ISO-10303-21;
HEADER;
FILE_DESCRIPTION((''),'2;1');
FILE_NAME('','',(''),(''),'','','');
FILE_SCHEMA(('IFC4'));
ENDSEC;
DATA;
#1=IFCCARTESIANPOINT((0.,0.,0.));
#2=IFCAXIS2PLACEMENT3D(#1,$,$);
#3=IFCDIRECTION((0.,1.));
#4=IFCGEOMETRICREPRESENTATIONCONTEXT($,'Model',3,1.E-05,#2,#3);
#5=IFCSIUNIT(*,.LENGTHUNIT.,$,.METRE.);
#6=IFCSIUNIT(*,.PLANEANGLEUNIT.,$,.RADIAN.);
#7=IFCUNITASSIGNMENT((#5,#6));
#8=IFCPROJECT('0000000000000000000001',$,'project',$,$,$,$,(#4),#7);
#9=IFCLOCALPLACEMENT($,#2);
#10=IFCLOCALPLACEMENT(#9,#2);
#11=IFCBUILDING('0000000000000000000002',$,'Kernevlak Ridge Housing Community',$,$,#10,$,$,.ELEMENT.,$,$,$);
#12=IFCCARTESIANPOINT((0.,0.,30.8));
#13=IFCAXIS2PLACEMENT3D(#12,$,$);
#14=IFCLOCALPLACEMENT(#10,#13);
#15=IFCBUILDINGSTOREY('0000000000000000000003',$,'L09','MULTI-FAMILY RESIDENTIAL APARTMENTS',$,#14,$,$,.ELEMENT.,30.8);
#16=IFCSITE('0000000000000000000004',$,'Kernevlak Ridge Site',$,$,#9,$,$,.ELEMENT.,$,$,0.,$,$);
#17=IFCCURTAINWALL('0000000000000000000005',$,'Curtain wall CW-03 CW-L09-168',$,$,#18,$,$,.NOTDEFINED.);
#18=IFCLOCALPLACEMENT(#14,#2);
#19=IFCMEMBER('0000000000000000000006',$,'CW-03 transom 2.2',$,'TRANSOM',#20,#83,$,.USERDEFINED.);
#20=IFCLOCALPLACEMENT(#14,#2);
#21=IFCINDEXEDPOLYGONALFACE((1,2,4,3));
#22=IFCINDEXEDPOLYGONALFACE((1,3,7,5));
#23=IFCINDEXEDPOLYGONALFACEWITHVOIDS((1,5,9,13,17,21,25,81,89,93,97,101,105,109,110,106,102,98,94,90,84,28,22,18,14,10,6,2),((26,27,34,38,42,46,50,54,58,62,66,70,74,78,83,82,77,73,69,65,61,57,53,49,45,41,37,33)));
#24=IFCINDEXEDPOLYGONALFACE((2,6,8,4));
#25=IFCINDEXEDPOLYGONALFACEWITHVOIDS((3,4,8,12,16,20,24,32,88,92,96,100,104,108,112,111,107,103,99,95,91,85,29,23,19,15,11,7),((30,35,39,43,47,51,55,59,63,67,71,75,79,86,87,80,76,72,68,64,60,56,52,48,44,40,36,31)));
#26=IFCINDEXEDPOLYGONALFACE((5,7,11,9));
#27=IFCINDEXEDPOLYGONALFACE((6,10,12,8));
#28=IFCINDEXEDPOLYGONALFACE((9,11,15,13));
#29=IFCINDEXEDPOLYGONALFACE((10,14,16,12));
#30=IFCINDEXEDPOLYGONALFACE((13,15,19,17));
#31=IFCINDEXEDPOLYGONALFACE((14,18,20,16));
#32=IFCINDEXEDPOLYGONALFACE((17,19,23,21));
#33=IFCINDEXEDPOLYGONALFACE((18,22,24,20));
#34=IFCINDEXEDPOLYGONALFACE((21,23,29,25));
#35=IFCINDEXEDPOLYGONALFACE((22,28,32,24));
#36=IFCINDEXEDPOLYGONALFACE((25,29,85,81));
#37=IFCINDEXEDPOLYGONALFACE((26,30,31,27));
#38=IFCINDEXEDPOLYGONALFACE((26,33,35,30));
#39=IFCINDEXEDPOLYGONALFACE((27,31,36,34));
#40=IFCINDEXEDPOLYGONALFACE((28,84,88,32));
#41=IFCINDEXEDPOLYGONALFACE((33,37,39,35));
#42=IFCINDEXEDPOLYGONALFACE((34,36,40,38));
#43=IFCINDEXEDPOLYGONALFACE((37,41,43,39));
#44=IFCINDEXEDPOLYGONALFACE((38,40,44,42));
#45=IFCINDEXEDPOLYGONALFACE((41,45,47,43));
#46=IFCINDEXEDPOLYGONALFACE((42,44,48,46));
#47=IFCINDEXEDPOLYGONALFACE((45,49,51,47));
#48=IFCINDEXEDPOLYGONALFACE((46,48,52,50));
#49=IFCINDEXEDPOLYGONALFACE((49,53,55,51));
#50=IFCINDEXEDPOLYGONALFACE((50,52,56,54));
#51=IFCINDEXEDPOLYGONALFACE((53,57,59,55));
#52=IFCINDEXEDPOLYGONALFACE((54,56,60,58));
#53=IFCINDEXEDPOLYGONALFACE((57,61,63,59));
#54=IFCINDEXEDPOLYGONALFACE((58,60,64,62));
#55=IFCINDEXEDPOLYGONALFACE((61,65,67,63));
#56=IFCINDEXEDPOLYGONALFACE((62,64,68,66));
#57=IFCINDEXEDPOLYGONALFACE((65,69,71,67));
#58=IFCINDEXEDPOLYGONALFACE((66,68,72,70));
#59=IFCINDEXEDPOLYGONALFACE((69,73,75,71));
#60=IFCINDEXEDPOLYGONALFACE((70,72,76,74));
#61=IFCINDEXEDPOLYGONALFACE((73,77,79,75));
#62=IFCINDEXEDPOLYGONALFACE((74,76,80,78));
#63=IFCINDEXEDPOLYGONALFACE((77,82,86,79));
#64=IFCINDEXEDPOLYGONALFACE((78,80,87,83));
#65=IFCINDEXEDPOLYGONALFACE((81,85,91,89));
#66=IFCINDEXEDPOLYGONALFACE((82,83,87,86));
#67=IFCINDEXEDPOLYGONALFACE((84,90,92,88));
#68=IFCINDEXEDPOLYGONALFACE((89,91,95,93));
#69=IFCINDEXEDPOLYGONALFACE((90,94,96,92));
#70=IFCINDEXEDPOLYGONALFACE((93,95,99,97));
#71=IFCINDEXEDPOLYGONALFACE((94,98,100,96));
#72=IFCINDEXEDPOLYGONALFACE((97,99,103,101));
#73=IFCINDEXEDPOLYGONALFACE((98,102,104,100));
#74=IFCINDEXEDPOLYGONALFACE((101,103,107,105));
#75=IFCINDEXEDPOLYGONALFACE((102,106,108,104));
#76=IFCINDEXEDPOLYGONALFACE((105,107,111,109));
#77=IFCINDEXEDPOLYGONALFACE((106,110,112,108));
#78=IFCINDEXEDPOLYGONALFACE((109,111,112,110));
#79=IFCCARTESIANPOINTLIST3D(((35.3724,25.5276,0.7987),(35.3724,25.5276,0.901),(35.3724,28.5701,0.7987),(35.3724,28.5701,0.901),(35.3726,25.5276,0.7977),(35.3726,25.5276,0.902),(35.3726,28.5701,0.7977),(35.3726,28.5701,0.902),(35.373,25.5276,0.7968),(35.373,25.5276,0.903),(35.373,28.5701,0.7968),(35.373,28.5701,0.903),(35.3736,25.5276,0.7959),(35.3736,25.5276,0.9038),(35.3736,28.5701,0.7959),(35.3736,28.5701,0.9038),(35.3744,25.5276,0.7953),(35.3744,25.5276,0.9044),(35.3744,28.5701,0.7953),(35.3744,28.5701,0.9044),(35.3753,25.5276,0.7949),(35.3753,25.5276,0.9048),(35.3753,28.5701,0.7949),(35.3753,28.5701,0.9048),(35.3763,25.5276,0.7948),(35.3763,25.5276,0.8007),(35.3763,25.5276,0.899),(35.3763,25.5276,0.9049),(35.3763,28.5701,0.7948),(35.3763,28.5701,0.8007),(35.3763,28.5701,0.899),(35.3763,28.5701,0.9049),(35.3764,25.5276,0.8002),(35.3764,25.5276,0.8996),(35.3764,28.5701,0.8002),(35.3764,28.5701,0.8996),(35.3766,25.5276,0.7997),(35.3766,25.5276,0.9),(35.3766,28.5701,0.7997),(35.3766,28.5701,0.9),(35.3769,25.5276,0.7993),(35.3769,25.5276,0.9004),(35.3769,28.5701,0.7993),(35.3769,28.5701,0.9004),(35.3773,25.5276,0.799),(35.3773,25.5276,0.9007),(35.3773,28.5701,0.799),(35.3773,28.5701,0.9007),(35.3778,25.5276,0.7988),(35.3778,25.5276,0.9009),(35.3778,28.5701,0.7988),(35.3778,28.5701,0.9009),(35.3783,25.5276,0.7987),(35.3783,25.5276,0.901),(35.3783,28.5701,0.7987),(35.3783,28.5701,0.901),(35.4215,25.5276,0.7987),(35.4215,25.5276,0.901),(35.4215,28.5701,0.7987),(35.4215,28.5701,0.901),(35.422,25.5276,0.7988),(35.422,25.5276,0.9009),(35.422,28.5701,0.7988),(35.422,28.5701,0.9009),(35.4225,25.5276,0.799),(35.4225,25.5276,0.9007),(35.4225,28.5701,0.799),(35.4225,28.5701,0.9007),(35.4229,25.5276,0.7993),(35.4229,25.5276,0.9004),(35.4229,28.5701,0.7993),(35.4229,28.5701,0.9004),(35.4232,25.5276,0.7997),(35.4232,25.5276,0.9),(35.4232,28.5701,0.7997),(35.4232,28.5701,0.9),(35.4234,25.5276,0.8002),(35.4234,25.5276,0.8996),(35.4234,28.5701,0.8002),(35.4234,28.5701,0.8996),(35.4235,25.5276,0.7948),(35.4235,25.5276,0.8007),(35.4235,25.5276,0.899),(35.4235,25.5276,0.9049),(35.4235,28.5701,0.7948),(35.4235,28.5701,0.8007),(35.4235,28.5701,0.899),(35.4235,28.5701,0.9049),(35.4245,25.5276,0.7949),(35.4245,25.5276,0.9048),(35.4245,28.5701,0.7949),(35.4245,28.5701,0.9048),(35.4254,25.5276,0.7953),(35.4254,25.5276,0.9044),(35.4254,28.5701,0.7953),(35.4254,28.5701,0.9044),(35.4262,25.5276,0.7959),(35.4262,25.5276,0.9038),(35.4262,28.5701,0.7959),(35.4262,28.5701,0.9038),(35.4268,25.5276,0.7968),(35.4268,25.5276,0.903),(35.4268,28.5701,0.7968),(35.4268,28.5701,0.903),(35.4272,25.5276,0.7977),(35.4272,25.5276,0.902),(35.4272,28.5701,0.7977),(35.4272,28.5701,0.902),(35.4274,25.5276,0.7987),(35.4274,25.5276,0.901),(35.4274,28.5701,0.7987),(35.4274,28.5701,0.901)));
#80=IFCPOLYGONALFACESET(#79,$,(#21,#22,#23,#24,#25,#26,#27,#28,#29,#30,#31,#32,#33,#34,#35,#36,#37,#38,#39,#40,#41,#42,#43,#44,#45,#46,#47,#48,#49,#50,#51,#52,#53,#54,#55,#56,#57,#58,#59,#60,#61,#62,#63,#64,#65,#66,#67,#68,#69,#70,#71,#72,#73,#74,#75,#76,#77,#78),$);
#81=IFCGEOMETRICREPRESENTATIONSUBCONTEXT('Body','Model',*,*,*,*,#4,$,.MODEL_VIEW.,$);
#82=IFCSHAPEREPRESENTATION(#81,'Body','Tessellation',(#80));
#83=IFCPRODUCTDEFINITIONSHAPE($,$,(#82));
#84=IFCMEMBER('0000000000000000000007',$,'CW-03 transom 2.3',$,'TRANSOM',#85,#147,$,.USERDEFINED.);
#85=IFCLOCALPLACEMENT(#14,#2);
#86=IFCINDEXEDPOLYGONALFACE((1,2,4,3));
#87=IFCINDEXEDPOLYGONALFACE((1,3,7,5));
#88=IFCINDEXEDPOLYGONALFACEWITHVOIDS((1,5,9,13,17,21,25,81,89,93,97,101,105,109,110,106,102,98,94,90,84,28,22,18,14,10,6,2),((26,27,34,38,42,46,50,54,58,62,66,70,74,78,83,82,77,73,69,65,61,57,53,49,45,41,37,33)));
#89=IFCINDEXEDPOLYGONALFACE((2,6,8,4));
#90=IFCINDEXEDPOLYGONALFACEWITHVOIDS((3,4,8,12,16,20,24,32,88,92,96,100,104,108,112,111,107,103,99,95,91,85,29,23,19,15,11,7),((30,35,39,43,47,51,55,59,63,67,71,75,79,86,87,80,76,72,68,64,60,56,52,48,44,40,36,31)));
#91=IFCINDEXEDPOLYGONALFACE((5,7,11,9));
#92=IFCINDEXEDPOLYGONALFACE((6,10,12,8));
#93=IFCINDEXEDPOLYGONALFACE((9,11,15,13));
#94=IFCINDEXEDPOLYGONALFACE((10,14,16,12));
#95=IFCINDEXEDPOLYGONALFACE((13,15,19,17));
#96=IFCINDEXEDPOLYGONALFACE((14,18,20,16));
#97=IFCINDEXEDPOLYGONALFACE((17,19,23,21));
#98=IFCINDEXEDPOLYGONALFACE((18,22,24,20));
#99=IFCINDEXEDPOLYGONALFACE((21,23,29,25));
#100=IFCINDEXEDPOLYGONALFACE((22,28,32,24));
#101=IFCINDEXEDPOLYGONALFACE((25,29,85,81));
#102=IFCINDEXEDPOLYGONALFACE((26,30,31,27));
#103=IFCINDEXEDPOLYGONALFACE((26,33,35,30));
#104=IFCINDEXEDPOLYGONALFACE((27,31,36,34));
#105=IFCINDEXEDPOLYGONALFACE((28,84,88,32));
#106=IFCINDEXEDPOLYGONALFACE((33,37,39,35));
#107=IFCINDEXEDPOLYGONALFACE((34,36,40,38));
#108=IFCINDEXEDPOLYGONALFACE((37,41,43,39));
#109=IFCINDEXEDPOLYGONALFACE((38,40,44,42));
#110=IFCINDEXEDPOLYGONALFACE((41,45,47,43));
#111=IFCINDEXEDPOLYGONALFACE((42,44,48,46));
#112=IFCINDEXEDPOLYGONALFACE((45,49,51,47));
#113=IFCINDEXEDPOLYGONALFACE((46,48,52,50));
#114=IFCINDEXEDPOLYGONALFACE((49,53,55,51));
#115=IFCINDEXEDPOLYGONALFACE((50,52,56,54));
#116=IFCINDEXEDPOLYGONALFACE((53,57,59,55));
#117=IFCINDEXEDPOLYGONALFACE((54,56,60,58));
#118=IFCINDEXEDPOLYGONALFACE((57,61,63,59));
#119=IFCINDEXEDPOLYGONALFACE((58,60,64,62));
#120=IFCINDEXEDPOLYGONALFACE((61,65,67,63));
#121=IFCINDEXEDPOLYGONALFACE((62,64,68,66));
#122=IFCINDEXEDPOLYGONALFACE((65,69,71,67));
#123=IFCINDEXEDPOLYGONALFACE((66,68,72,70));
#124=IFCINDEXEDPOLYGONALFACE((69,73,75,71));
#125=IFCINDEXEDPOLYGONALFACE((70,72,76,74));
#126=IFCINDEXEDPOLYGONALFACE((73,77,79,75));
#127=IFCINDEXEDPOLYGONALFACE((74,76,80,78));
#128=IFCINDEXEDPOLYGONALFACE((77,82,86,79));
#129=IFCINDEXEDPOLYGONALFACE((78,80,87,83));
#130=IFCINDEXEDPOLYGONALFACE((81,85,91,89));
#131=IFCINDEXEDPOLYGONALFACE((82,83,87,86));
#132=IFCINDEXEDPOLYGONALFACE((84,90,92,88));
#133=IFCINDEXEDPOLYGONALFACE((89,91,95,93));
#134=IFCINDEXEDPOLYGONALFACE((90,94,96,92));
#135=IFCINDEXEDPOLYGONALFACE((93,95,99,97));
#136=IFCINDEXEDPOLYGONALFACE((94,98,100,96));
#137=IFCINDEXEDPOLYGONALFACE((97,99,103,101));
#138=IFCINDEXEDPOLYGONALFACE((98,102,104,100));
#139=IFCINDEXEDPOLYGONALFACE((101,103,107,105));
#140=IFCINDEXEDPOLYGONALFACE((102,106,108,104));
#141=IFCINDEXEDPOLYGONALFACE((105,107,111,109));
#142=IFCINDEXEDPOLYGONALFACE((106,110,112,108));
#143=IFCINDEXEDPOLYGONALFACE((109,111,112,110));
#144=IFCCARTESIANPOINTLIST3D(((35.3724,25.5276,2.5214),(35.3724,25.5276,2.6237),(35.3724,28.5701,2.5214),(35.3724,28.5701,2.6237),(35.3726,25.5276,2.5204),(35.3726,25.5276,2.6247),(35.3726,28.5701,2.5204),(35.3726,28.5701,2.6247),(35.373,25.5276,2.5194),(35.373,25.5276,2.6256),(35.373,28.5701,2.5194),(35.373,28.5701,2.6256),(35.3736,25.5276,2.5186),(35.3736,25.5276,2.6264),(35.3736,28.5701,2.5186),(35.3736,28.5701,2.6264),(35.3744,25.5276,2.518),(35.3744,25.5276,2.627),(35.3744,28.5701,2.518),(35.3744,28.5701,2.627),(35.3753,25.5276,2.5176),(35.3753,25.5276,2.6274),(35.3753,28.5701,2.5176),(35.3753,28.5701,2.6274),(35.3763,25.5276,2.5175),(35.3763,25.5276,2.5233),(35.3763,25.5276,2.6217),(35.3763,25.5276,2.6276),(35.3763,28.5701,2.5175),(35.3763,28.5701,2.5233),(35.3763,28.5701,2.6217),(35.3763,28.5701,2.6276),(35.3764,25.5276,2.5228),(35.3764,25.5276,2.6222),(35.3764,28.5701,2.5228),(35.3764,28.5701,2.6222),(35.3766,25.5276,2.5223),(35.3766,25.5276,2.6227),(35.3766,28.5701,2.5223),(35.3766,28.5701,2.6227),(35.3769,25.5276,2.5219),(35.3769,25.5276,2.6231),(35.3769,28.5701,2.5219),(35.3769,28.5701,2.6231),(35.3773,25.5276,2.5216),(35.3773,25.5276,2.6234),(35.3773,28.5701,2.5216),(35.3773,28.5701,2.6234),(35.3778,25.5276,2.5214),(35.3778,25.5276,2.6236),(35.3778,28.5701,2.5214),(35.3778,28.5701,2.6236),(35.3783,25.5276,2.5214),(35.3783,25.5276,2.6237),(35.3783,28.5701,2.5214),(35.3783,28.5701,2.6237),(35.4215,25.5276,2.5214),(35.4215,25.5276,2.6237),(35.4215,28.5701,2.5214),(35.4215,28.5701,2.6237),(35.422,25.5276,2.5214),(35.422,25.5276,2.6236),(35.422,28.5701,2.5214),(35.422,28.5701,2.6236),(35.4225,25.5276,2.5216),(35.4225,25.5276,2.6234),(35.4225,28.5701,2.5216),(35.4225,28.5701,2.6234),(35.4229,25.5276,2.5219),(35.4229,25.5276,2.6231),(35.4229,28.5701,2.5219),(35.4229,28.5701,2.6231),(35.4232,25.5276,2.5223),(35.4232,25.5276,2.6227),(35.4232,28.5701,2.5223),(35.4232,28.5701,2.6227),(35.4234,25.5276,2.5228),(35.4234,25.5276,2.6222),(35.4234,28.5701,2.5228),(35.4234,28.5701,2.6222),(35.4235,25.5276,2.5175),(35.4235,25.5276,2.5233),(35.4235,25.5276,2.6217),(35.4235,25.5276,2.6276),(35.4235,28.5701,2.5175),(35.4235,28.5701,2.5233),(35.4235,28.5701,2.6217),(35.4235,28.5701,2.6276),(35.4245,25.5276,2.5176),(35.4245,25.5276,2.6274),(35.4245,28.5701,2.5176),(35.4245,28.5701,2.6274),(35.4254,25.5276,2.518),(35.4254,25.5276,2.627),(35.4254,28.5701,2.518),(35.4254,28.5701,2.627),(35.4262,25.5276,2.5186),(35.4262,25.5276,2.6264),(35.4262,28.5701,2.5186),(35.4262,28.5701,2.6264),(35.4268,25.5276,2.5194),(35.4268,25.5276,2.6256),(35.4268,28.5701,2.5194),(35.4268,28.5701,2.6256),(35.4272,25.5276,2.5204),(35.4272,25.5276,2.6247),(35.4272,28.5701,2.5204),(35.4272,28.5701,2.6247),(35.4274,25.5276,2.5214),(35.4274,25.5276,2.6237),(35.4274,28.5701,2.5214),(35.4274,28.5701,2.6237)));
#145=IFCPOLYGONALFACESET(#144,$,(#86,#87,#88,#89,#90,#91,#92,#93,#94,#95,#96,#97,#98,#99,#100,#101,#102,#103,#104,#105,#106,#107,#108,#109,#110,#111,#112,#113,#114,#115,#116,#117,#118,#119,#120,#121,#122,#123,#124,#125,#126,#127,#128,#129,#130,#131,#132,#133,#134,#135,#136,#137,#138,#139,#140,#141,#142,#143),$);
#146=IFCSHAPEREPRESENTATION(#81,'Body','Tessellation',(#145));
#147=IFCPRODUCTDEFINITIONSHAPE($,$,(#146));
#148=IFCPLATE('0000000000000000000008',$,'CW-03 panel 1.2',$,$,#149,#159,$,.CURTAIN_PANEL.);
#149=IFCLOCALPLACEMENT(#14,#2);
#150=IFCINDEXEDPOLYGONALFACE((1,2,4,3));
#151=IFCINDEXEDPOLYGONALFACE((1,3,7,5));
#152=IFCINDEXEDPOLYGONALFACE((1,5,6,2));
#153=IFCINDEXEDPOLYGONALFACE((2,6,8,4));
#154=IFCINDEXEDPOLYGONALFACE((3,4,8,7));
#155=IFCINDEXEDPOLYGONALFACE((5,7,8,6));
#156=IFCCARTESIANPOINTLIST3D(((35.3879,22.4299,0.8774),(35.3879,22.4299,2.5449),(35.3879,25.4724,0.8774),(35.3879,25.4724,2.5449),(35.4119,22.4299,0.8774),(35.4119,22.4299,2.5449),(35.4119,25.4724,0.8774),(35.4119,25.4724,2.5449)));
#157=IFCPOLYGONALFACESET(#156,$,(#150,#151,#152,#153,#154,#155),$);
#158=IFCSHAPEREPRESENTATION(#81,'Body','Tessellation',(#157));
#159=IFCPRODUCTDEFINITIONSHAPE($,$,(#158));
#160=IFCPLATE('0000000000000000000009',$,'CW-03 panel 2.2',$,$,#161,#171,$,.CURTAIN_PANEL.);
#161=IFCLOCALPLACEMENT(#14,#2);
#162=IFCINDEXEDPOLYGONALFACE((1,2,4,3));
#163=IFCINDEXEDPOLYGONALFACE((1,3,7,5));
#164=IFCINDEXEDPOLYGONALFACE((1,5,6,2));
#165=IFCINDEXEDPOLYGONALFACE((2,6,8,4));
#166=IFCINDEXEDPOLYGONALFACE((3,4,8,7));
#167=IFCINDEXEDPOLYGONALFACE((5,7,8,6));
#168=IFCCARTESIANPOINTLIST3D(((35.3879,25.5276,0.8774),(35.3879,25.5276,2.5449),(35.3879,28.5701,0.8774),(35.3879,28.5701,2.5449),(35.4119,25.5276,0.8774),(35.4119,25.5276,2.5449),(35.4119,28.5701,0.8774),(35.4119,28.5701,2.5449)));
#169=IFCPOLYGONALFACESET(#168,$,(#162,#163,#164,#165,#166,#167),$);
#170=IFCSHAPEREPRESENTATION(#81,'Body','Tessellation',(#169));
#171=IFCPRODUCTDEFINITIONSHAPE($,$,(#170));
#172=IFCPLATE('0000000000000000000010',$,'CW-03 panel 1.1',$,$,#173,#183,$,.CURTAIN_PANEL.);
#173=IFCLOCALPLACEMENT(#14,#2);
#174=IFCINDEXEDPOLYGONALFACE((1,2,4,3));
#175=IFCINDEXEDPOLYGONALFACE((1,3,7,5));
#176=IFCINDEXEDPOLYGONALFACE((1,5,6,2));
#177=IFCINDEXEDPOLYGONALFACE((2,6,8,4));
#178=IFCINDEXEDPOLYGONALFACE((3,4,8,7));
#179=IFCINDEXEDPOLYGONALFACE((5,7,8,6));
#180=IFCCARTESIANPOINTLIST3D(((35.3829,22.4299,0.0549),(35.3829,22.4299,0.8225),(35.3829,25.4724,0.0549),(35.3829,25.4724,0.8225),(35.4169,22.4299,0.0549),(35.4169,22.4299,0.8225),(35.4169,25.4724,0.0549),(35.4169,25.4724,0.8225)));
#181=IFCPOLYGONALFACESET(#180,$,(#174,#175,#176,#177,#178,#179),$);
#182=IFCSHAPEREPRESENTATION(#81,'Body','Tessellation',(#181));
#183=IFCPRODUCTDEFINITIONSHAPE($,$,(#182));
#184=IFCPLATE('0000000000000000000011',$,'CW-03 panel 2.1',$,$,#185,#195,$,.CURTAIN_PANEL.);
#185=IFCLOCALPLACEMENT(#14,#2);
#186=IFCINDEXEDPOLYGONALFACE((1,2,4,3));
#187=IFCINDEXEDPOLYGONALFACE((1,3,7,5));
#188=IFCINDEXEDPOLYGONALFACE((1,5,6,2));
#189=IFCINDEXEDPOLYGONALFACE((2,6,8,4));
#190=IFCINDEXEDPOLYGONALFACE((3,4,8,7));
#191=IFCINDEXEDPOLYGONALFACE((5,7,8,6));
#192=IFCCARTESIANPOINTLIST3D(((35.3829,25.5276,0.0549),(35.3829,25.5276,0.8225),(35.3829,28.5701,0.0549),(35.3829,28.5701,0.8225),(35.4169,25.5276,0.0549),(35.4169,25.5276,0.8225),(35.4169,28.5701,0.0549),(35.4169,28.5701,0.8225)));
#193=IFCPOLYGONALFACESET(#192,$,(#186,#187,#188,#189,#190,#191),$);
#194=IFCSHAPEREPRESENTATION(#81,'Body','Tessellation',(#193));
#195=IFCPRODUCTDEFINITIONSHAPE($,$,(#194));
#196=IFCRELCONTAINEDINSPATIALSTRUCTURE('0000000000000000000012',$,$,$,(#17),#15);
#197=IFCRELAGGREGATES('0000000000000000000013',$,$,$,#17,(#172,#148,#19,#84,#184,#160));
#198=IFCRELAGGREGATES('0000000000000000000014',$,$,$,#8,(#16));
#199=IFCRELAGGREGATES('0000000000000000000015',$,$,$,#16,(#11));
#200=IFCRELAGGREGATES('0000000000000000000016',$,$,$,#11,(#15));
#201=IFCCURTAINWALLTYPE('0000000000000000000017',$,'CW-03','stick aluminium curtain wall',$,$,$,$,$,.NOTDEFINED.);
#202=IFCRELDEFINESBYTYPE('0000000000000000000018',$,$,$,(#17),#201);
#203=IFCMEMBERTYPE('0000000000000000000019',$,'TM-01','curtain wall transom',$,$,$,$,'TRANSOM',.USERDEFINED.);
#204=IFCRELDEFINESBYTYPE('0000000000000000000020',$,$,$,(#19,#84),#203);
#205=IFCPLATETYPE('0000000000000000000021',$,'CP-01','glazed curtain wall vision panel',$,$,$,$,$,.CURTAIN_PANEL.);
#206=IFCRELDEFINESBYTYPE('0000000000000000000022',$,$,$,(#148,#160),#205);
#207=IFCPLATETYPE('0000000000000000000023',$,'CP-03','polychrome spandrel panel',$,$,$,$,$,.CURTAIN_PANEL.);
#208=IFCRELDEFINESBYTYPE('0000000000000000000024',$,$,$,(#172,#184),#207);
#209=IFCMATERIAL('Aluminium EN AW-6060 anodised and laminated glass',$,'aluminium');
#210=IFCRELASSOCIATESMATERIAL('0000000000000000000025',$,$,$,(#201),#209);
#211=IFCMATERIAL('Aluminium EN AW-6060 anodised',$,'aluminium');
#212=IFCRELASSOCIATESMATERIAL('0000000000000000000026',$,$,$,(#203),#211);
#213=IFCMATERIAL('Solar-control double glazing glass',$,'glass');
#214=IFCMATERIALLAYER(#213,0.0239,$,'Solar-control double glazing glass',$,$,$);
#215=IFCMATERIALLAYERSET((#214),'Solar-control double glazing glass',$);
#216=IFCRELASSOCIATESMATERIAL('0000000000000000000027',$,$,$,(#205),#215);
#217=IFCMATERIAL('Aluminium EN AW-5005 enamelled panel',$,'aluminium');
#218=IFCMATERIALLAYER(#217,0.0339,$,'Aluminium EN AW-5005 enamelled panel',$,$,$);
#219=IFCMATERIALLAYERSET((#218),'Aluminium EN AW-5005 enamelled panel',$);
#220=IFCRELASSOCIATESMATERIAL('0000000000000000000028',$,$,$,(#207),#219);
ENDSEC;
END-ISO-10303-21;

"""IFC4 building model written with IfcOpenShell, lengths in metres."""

from ifc_helpers import new_model, si_unit, direction, frame, origin, origin_2d, place, context, subcontext, project, spatial, rectangle, hollow_rectangle, extrude, material, layer, layer_set, material_profile, profile_set, type_object, element, aggregate, save


model = new_model("IFC4")

# Units and contexts
model_context = context("Model", 3, precision=1e-05, world=origin(), true_north=direction((0.0, 1.0)))
body_context = subcontext(model_context, "Body", "Model", "MODEL_VIEW")
ifc_project = project(units=[si_unit("LENGTHUNIT", "METRE"), si_unit("PLANEANGLEUNIT", "RADIAN")], contexts=[model_context])

# Site, building, storey
site_placement = place(None, origin())
site = spatial("IfcSite", under=ifc_project, at=site_placement, Name="Kernevlak Ridge Site", CompositionType="ELEMENT", RefElevation=0.0)
building_placement = place(site_placement, origin())
building = spatial("IfcBuilding", under=site, at=building_placement, Name="Kernevlak Ridge Housing Community", CompositionType="ELEMENT")
storey_placement = place(building_placement, frame((0.0, 0.0, 30.8)))
storey = spatial("IfcBuildingStorey", under=building, at=storey_placement, Name="L09", Description="MULTI-FAMILY RESIDENTIAL APARTMENTS", CompositionType="ELEMENT", Elevation=30.8)

# Curtain wall, members, plates
ifc_material_1 = material(Name="Aluminium EN AW-6060 anodised and laminated glass", Category="aluminium")
curtain_wall_type = type_object("IfcCurtainWallType", Name="CW-03", Description="stick aluminium curtain wall", PredefinedType="NOTDEFINED", material=ifc_material_1)
curtain_wall_placement = place(storey_placement, origin())
curtain_wall = element("IfcCurtainWall", 1, at=curtain_wall_placement, inside=storey, type_object=curtain_wall_type, Name="Curtain wall CW-03 CW-L09-168", PredefinedType="NOTDEFINED")
ifc_material_2 = material(Name="Aluminium EN AW-6060 anodised", Category="aluminium")
ifc_material_profile_1 = material_profile(ifc_material_2, hollow_rectangle(XDim=0.0549, YDim=0.1101, WallThickness=0.0039, InnerFilletRadius=0.002, OuterFilletRadius=0.0039, at=origin_2d()), Name="ALU 55x110x4")
ifc_profile_set_1 = profile_set([ifc_material_profile_1], Name="Aluminium EN AW-6060 anodised")
member_type = type_object("IfcMemberType", Name="TM-01", Description="curtain wall transom", ElementType="TRANSOM", PredefinedType="USERDEFINED", material=ifc_profile_set_1)
member_1_placement = place(storey_placement, frame((35.3999, 25.5276, 0.8499), z_axis=(0.0, 1.0, 0.0), x_axis=(-1.0, 0.0, 0.0)))
member_1 = element("IfcMember", 2, at=member_1_placement, type_object=member_type, Name="CW-03 transom 2.2", ObjectType="TRANSOM", PredefinedType="USERDEFINED", context=body_context, shape_type="SweptSolid", body=[
    extrude(hollow_rectangle(XDim=0.0549, YDim=0.1101, WallThickness=0.0039, InnerFilletRadius=0.002, OuterFilletRadius=0.0039, at=origin_2d()), origin(), (0.0, 0.0, 1.0), 3.0425),
])
member_2_placement = place(storey_placement, frame((35.3999, 25.5276, 2.5725), z_axis=(0.0, 1.0, 0.0), x_axis=(-1.0, 0.0, 0.0)))
member_2 = element("IfcMember", 3, at=member_2_placement, type_object=member_type, Name="CW-03 transom 2.3", ObjectType="TRANSOM", PredefinedType="USERDEFINED", context=body_context, shape_type="SweptSolid", body=[
    extrude(hollow_rectangle(XDim=0.0549, YDim=0.1101, WallThickness=0.0039, InnerFilletRadius=0.002, OuterFilletRadius=0.0039, at=origin_2d()), origin(), (0.0, 0.0, 1.0), 3.0425),
])
ifc_material_3 = material(Name="Solar-control double glazing glass", Category="glass")
ifc_layer_1 = layer(ifc_material_3, 0.0239, Name="Solar-control double glazing glass")
ifc_layer_set_1 = layer_set([ifc_layer_1], Name="Solar-control double glazing glass")
plate_type_1 = type_object("IfcPlateType", Name="CP-01", Description="glazed curtain wall vision panel", PredefinedType="CURTAIN_PANEL", material=ifc_layer_set_1)
plate_1_placement = place(storey_placement, frame((35.3999, 23.9512, 0.8774), z_axis=(0.0, 0.0, 1.0), x_axis=(0.0, 1.0, 0.0)))
plate_1 = element("IfcPlate", 4, at=plate_1_placement, type_object=plate_type_1, Name="CW-03 panel 1.2", PredefinedType="CURTAIN_PANEL", context=body_context, shape_type="SweptSolid", body=[
    extrude(rectangle(XDim=3.0425, YDim=0.0239, at=origin_2d()), origin(), (0.0, 0.0, 1.0), 1.6675),
])
plate_2_placement = place(storey_placement, frame((35.3999, 27.0488, 0.8774), z_axis=(0.0, 0.0, 1.0), x_axis=(0.0, 1.0, 0.0)))
plate_2 = element("IfcPlate", 5, at=plate_2_placement, type_object=plate_type_1, Name="CW-03 panel 2.2", PredefinedType="CURTAIN_PANEL", context=body_context, shape_type="SweptSolid", body=[
    extrude(rectangle(XDim=3.0425, YDim=0.0239, at=origin_2d()), origin(), (0.0, 0.0, 1.0), 1.6675),
])
ifc_material_4 = material(Name="Aluminium EN AW-5005 enamelled panel", Category="aluminium")
ifc_layer_2 = layer(ifc_material_4, 0.0339, Name="Aluminium EN AW-5005 enamelled panel")
ifc_layer_set_2 = layer_set([ifc_layer_2], Name="Aluminium EN AW-5005 enamelled panel")
plate_type_2 = type_object("IfcPlateType", Name="CP-03", Description="polychrome spandrel panel", PredefinedType="CURTAIN_PANEL", material=ifc_layer_set_2)
plate_3_placement = place(storey_placement, frame((35.3999, 23.9512, 0.0549), z_axis=(0.0, 0.0, 1.0), x_axis=(0.0, 1.0, 0.0)))
plate_3 = element("IfcPlate", 6, at=plate_3_placement, type_object=plate_type_2, Name="CW-03 panel 1.1", PredefinedType="CURTAIN_PANEL", context=body_context, shape_type="SweptSolid", body=[
    extrude(rectangle(XDim=3.0425, YDim=0.0339, at=origin_2d()), origin(), (0.0, 0.0, 1.0), 0.7676),
])
plate_4_placement = place(storey_placement, frame((35.3999, 27.0488, 0.0549), z_axis=(0.0, 0.0, 1.0), x_axis=(0.0, 1.0, 0.0)))
plate_4 = element("IfcPlate", 7, at=plate_4_placement, type_object=plate_type_2, Name="CW-03 panel 2.1", PredefinedType="CURTAIN_PANEL", context=body_context, shape_type="SweptSolid", body=[
    extrude(rectangle(XDim=3.0425, YDim=0.0339, at=origin_2d()), origin(), (0.0, 0.0, 1.0), 0.7676),
])
aggregate(curtain_wall, [plate_3, plate_1, member_1, member_2, plate_4, plate_2])

save(model, "model.ifc")
